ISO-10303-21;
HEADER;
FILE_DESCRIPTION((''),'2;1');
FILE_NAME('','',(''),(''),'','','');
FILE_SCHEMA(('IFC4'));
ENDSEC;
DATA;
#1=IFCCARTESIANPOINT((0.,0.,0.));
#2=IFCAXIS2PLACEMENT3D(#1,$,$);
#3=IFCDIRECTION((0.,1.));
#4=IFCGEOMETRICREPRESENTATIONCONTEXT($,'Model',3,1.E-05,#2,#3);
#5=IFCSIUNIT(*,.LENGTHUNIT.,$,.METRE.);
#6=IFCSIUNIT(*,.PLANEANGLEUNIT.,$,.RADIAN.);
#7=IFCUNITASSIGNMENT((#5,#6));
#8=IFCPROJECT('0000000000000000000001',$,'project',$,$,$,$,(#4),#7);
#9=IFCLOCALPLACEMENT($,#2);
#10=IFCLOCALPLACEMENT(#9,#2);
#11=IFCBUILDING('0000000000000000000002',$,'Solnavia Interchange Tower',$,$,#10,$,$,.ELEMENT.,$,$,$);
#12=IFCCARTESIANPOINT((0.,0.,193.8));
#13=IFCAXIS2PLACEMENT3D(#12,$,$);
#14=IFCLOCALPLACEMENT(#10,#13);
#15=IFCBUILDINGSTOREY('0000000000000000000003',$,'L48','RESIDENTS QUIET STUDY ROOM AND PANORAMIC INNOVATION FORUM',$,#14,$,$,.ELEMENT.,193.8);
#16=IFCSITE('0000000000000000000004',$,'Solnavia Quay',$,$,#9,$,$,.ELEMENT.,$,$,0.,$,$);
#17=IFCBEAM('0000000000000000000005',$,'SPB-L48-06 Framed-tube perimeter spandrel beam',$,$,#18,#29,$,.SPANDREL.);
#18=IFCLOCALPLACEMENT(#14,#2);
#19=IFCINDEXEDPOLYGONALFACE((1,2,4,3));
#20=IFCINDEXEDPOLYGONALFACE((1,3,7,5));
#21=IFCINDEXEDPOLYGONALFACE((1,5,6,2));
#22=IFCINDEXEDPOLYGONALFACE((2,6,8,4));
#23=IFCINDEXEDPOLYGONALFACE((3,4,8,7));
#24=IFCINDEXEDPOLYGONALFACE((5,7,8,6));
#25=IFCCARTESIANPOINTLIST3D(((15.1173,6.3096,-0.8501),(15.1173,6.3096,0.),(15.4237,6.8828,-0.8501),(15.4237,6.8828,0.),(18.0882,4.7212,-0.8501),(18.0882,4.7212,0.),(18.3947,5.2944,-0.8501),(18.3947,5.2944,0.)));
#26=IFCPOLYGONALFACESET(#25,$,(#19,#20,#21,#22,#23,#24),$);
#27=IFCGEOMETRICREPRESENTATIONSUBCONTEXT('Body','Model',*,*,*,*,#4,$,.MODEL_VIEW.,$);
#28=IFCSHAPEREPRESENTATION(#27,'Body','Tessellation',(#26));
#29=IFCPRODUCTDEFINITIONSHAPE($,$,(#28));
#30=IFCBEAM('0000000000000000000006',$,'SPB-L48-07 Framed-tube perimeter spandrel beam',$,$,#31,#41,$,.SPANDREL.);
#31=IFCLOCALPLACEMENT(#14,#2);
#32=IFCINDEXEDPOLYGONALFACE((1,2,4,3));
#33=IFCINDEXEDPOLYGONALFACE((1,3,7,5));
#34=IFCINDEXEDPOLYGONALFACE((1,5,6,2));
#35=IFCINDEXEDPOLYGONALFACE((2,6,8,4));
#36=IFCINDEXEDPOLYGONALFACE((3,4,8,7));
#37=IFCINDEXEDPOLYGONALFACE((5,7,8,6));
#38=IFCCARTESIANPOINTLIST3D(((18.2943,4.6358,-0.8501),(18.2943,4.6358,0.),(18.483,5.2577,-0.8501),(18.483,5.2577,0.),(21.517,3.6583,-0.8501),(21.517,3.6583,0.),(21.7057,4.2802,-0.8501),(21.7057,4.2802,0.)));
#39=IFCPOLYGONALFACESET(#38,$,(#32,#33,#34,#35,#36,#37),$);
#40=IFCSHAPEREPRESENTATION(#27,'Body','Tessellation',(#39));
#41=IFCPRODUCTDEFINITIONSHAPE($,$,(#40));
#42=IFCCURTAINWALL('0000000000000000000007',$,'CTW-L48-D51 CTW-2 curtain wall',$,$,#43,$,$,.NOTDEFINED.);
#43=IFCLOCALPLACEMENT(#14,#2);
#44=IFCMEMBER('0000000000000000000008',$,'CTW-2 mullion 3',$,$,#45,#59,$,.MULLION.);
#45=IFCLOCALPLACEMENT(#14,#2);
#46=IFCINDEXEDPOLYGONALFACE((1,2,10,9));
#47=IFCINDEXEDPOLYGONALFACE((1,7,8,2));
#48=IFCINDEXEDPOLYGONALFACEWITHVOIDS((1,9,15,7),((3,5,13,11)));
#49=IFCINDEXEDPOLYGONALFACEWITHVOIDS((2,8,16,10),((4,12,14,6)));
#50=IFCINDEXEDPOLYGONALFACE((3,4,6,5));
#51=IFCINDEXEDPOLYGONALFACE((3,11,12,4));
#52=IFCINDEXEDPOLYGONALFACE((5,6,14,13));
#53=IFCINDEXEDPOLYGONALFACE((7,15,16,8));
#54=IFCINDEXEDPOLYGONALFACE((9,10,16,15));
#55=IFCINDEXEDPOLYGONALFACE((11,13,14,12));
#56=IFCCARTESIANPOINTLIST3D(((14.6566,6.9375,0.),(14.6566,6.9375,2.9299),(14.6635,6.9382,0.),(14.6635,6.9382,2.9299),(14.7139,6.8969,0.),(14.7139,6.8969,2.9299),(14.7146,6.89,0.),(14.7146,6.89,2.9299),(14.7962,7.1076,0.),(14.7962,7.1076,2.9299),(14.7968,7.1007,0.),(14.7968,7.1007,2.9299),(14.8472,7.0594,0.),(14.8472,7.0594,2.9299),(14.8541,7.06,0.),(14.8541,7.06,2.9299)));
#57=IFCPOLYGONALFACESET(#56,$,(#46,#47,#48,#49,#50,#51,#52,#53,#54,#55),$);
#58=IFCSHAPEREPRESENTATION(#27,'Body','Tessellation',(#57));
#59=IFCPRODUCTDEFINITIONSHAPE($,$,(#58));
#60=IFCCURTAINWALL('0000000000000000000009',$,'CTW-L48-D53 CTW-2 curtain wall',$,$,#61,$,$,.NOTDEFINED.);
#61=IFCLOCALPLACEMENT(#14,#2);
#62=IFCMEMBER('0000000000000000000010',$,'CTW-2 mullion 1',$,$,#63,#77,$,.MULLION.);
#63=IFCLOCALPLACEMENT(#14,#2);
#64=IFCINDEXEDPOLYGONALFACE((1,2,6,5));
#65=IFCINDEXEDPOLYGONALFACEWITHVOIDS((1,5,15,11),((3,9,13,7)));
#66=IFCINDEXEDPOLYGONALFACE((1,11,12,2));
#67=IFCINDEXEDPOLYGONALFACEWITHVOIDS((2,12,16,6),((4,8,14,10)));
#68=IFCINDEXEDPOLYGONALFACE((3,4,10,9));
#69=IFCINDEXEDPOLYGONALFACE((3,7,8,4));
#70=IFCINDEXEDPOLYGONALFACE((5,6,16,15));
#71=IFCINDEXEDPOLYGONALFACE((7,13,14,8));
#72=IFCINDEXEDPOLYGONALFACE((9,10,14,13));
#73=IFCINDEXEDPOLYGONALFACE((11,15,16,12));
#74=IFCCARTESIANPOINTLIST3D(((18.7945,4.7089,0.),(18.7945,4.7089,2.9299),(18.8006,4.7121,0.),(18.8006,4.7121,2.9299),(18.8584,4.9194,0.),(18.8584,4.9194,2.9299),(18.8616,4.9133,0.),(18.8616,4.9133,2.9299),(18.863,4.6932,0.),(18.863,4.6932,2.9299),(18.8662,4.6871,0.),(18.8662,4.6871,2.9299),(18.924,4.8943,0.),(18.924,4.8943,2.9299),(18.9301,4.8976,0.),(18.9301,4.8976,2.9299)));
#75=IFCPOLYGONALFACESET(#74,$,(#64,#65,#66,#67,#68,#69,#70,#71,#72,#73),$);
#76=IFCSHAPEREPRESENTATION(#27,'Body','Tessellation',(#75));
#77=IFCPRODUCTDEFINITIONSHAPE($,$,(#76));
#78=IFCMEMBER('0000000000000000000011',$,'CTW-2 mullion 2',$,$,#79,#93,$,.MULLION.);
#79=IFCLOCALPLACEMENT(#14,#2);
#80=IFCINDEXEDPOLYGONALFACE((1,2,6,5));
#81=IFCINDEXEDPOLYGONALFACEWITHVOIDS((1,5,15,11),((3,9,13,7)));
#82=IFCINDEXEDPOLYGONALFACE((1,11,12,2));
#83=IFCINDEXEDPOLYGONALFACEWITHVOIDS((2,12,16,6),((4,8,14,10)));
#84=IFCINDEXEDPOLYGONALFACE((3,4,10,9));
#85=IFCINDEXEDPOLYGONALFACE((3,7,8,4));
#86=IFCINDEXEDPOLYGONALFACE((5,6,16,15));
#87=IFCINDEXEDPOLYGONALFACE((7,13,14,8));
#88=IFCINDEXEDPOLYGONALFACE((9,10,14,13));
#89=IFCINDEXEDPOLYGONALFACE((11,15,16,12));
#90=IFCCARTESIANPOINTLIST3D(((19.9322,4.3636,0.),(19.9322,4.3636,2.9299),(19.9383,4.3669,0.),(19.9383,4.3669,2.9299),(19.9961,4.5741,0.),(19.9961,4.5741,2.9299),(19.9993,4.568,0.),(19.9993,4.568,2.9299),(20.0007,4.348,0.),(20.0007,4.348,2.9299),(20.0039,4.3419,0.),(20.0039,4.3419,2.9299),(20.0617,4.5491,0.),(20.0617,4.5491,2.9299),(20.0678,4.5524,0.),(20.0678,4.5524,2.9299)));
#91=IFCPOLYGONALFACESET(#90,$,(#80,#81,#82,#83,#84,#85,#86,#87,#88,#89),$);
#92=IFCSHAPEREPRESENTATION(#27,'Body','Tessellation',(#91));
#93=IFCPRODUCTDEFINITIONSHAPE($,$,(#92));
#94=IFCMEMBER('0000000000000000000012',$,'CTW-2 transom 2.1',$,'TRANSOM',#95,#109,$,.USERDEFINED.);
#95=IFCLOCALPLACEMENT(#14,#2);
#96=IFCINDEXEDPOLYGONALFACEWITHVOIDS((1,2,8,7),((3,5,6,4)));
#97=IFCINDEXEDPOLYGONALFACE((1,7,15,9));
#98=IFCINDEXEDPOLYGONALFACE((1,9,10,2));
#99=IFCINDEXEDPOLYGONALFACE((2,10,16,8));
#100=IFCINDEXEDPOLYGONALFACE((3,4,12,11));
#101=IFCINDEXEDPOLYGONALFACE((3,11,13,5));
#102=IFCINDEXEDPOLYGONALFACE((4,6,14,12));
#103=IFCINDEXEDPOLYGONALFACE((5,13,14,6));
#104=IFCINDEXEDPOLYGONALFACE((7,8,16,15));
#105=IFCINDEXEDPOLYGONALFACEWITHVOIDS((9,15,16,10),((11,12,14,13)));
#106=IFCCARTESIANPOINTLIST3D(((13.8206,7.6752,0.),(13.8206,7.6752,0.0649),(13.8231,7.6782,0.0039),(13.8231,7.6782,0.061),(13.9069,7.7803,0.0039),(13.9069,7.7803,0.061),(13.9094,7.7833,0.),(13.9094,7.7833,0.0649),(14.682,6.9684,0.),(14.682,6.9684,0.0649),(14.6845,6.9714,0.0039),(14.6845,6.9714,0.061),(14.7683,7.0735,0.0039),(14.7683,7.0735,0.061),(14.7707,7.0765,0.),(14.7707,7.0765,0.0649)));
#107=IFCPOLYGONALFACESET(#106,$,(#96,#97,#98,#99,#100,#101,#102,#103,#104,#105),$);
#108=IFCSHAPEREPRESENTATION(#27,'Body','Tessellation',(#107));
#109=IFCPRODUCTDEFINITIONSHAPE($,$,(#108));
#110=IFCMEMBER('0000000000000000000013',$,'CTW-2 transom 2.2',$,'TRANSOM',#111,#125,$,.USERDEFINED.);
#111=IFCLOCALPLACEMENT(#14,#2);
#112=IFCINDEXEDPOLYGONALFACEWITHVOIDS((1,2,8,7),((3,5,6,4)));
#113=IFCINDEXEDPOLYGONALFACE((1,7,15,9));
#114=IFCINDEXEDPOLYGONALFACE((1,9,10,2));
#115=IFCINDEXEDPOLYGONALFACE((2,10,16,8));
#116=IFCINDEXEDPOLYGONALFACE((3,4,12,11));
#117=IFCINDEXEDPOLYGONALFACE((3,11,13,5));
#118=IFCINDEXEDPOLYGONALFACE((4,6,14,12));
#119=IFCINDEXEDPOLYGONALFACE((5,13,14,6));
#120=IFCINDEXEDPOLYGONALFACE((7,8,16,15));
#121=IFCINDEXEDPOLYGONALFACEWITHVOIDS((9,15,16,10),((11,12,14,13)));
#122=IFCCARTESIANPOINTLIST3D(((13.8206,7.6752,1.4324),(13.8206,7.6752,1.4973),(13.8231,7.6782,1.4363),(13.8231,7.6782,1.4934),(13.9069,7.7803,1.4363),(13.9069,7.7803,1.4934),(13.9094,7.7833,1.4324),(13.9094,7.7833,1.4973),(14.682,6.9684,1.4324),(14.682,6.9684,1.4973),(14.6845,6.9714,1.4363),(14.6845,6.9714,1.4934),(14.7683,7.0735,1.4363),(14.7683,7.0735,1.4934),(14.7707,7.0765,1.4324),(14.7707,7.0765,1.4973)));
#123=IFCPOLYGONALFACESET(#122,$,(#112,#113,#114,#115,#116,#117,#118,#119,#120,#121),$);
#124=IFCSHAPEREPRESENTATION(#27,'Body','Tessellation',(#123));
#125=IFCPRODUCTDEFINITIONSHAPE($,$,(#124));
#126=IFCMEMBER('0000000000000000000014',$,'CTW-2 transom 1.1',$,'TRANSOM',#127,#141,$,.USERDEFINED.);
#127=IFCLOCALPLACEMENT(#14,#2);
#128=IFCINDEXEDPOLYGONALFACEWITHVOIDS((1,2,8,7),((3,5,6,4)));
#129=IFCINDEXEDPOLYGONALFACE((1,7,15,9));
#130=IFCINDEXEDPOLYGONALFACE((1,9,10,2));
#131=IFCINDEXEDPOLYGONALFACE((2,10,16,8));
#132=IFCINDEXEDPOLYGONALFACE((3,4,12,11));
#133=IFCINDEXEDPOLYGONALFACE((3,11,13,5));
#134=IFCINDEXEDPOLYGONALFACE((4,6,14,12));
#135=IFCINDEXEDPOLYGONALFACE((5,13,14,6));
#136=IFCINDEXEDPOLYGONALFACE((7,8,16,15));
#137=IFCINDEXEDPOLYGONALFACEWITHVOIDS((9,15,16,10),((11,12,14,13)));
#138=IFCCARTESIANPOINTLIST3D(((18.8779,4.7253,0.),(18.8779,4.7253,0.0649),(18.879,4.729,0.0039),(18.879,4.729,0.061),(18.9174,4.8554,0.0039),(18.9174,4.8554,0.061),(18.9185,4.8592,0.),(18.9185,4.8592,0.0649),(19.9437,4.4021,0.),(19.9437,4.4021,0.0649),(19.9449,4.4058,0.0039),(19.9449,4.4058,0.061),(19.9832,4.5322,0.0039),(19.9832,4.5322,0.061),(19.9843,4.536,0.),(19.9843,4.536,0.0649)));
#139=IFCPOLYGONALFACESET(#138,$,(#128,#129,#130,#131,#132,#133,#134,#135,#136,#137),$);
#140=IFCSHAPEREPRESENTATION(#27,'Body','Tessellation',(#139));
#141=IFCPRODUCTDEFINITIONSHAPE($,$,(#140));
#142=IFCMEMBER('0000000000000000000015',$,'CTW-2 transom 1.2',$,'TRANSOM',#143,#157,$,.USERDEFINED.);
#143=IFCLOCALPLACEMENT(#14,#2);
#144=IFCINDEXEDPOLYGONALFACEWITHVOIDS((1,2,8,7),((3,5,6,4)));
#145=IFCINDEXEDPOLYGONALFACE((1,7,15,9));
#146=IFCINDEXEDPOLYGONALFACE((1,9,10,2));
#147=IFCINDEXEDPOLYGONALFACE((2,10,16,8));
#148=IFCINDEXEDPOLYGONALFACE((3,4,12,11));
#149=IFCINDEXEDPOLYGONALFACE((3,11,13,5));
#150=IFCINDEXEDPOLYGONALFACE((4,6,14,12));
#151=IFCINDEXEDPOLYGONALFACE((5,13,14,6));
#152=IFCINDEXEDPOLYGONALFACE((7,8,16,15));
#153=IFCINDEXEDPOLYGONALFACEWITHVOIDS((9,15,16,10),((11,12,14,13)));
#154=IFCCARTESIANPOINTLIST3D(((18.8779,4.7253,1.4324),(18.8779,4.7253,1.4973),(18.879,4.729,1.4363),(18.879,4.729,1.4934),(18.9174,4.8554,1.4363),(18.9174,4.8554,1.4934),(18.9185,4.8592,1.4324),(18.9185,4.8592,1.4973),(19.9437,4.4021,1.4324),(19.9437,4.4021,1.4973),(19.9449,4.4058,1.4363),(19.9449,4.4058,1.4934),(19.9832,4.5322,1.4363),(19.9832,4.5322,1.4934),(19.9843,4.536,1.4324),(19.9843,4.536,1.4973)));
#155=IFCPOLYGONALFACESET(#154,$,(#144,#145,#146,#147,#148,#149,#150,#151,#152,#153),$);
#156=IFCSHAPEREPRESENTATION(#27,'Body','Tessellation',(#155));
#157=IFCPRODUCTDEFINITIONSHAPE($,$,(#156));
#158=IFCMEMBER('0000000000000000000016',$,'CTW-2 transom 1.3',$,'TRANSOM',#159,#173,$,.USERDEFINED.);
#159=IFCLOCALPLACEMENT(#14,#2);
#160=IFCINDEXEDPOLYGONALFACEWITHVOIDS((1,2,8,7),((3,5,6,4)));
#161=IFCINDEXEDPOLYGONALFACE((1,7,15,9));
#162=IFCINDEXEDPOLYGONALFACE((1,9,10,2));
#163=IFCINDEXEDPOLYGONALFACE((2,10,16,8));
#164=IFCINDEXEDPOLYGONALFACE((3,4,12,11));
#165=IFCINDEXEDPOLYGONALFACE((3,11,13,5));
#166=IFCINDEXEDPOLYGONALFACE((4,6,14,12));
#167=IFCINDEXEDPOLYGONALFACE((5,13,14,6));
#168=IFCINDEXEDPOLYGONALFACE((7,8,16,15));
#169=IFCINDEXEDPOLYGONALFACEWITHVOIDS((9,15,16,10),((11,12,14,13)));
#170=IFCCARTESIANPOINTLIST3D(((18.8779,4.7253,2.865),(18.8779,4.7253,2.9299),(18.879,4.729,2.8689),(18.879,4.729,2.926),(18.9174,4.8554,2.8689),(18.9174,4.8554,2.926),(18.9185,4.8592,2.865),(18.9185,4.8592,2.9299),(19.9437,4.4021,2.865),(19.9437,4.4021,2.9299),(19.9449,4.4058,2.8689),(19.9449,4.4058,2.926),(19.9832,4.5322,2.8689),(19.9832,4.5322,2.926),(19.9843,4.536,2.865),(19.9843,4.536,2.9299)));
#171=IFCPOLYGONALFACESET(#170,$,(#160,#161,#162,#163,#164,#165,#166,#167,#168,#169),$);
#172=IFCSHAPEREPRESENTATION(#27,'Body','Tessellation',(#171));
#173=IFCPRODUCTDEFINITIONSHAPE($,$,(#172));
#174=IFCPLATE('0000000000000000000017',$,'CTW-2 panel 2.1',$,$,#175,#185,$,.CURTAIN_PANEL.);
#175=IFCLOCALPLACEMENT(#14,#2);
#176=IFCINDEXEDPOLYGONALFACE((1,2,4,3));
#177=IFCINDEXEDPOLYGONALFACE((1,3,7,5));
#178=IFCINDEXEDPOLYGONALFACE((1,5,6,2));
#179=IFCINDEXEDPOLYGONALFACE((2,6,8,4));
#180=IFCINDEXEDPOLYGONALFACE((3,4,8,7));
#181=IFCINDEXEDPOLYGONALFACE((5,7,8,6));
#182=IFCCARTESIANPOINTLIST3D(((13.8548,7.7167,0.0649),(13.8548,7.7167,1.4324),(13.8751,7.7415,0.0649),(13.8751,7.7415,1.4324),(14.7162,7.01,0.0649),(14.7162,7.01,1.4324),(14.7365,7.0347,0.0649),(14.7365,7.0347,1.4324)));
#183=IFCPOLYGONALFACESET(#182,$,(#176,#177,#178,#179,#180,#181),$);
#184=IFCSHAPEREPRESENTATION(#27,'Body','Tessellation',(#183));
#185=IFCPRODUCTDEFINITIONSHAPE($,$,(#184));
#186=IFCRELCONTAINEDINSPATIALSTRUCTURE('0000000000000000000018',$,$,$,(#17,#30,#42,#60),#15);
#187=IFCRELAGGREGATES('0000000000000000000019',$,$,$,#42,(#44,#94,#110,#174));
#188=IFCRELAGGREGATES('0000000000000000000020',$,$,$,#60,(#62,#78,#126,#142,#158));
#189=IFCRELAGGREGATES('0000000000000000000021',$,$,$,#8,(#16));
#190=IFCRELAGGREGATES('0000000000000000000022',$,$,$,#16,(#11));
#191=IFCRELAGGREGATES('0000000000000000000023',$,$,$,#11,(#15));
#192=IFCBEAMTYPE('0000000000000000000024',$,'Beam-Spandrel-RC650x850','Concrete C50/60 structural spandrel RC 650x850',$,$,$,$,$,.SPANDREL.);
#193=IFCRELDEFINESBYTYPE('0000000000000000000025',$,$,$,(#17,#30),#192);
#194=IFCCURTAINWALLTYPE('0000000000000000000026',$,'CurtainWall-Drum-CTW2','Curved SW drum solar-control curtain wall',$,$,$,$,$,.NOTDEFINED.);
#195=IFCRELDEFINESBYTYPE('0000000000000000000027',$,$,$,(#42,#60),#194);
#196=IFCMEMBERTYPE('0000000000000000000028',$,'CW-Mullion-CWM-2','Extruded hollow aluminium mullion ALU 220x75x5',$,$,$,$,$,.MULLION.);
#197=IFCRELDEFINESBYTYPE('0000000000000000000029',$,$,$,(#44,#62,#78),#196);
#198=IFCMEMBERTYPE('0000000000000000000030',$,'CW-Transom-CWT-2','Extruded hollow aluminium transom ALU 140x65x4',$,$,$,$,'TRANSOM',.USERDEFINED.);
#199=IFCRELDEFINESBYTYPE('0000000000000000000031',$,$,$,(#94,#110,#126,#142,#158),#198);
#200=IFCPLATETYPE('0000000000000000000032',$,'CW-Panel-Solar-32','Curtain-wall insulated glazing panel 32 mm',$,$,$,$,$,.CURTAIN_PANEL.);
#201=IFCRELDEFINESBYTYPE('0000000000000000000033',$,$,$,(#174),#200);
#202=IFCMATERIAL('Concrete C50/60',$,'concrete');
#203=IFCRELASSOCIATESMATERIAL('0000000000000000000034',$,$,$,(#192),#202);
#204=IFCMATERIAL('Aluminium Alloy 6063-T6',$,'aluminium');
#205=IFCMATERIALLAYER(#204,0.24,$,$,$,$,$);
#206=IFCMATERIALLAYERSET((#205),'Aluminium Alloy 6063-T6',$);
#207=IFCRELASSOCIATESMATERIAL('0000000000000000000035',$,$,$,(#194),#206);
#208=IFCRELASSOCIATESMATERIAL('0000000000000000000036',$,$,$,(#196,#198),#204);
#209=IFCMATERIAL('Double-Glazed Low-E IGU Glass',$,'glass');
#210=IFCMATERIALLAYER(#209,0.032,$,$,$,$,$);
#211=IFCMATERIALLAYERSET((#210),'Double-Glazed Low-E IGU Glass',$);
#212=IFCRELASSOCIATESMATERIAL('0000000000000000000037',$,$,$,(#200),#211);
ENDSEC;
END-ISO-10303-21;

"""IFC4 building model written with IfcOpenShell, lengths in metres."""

from ifc_helpers import new_model, si_unit, direction, frame, origin, origin_2d, place, context, subcontext, project, spatial, rectangle, hollow_rectangle, extrude, material, layer, layer_set, material_profile, profile_set, type_object, element, aggregate, save


model = new_model("IFC4")

# Units and contexts
model_context = context("Model", 3, precision=1e-05, world=origin(), true_north=direction((0.0, 1.0)))
body_context = subcontext(model_context, "Body", "Model", "MODEL_VIEW")
ifc_project = project(units=[si_unit("LENGTHUNIT", "METRE"), si_unit("PLANEANGLEUNIT", "RADIAN")], contexts=[model_context])

# Site, building, storey
site_placement = place(None, origin())
site = spatial("IfcSite", under=ifc_project, at=site_placement, Name="Solnavia Quay", CompositionType="ELEMENT", RefElevation=0.0)
building_placement = place(site_placement, origin())
building = spatial("IfcBuilding", under=site, at=building_placement, Name="Solnavia Interchange Tower", CompositionType="ELEMENT")
storey_placement = place(building_placement, frame((0.0, 0.0, 193.8)))
storey = spatial("IfcBuildingStorey", under=building, at=storey_placement, Name="L48", Description="RESIDENTS QUIET STUDY ROOM AND PANORAMIC INNOVATION FORUM", CompositionType="ELEMENT", Elevation=193.8)

# Shared definitions
ifc_material_1 = material(Name="Concrete C50/60", Category="concrete")

# Beams
ifc_material_profile_1 = material_profile(ifc_material_1, rectangle(XDim=0.6499, YDim=0.8501, at=origin_2d()), Name="RC 650x850")
ifc_profile_set_1 = profile_set([ifc_material_profile_1], Name="Concrete C50/60")
beam_type_1 = type_object("IfcBeamType", Name="Beam-Spandrel-RC650x850", Description="Concrete C50/60 structural spandrel RC 650x850", PredefinedType="SPANDREL", material=ifc_profile_set_1)
beam_1_placement = place(storey_placement, frame((15.2705, 6.5962, -0.425), z_axis=(0.881875, -0.471483, 0.0), x_axis=(0.471483, 0.881875, 0.0)))
element("IfcBeam", 1, at=beam_1_placement, inside=storey, type_object=beam_type_1, Name="SPB-L48-06 Framed-tube perimeter spandrel beam", PredefinedType="SPANDREL", context=body_context, shape_type="SweptSolid", body=[
    extrude(rectangle(XDim=0.6499, YDim=0.8501, at=origin_2d()), origin(), (0.0, 0.0, 1.0), 3.3689),
])
beam_2_placement = place(storey_placement, frame((18.3887, 4.9468, -0.425), z_axis=(0.956944, -0.290273, 0.0), x_axis=(0.290273, 0.956944, 0.0)))
element("IfcBeam", 2, at=beam_2_placement, inside=storey, type_object=beam_type_1, Name="SPB-L48-07 Framed-tube perimeter spandrel beam", PredefinedType="SPANDREL", context=body_context, shape_type="SweptSolid", body=[
    extrude(rectangle(XDim=0.6499, YDim=0.8501, at=origin_2d()), origin(), (0.0, 0.0, 1.0), 3.3677),
])

# Curtain wall, member
ifc_material_2 = material(Name="Aluminium Alloy 6063-T6", Category="aluminium")
ifc_layer_1 = layer(ifc_material_2, 0.24)
ifc_layer_set_1 = layer_set([ifc_layer_1], Name="Aluminium Alloy 6063-T6")
curtain_wall_type = type_object("IfcCurtainWallType", Name="CurtainWall-Drum-CTW2", Description="Curved SW drum solar-control curtain wall", PredefinedType="NOTDEFINED", material=ifc_layer_set_1)
curtain_wall_1_placement = place(storey_placement, origin())
curtain_wall_1 = element("IfcCurtainWall", 3, at=curtain_wall_1_placement, inside=storey, type_object=curtain_wall_type, Name="CTW-L48-D51 CTW-2 curtain wall", PredefinedType="NOTDEFINED")
ifc_material_profile_2 = material_profile(ifc_material_2, hollow_rectangle(XDim=0.075, YDim=0.22, WallThickness=0.0049, at=origin_2d()), Name="ALU 220x75x5")
ifc_profile_set_2 = profile_set([ifc_material_profile_2], Name="Aluminium Alloy 6063-T6")
member_type_1 = type_object("IfcMemberType", Name="CW-Mullion-CWM-2", Description="Extruded hollow aluminium mullion ALU 220x75x5", PredefinedType="MULLION", material=ifc_profile_set_2)
member_1_placement = place(storey_placement, frame((14.7554, 6.9988, 0.0), z_axis=(0.0, 0.0, 1.0), x_axis=(0.773103, -0.63428, 0.0)))
member_1 = element("IfcMember", 4, at=member_1_placement, type_object=member_type_1, Name="CTW-2 mullion 3", PredefinedType="MULLION", context=body_context, shape_type="SweptSolid", body=[
    extrude(hollow_rectangle(XDim=0.075, YDim=0.22, WallThickness=0.0049, at=origin_2d()), origin(), (0.0, 0.0, 1.0), 2.9299),
])

# Curtain wall, members
curtain_wall_2_placement = place(storey_placement, origin())
curtain_wall_2 = element("IfcCurtainWall", 5, at=curtain_wall_2_placement, inside=storey, type_object=curtain_wall_type, Name="CTW-L48-D53 CTW-2 curtain wall", PredefinedType="NOTDEFINED")
member_2_placement = place(storey_placement, frame((18.8623, 4.8032, 0.0), z_axis=(0.0, 0.0, 1.0), x_axis=(0.956942, -0.290279, 0.0)))
member_2 = element("IfcMember", 6, at=member_2_placement, type_object=member_type_1, Name="CTW-2 mullion 1", PredefinedType="MULLION", context=body_context, shape_type="SweptSolid", body=[
    extrude(hollow_rectangle(XDim=0.075, YDim=0.22, WallThickness=0.0049, at=origin_2d()), origin(), (0.0, 0.0, 1.0), 2.9299),
])
member_3_placement = place(storey_placement, frame((20.0, 4.458, 0.0), z_axis=(0.0, 0.0, 1.0), x_axis=(0.956942, -0.290279, 0.0)))
member_3 = element("IfcMember", 7, at=member_3_placement, type_object=member_type_1, Name="CTW-2 mullion 2", PredefinedType="MULLION", context=body_context, shape_type="SweptSolid", body=[
    extrude(hollow_rectangle(XDim=0.075, YDim=0.22, WallThickness=0.0049, at=origin_2d()), origin(), (0.0, 0.0, 1.0), 2.9299),
])

# Members
ifc_material_profile_3 = material_profile(ifc_material_2, hollow_rectangle(XDim=0.0649, YDim=0.1399, WallThickness=0.0039, at=origin_2d()), Name="ALU 140x65x4")
ifc_profile_set_3 = profile_set([ifc_material_profile_3], Name="Aluminium Alloy 6063-T6")
member_type_2 = type_object("IfcMemberType", Name="CW-Transom-CWT-2", Description="Extruded hollow aluminium transom ALU 140x65x4", ElementType="TRANSOM", PredefinedType="USERDEFINED", material=ifc_profile_set_3)
member_4_placement = place(storey_placement, frame((13.865, 7.7292, 0.0325), z_axis=(0.773049, -0.634347, 0.0), x_axis=(0.0, 0.0, 1.0)))
member_4 = element("IfcMember", 8, at=member_4_placement, type_object=member_type_2, Name="CTW-2 transom 2.1", ObjectType="TRANSOM", PredefinedType="USERDEFINED", context=body_context, shape_type="SweptSolid", body=[
    extrude(hollow_rectangle(XDim=0.0649, YDim=0.1399, WallThickness=0.0039, at=origin_2d()), origin(), (0.0, 0.0, 1.0), 1.1143),
])
member_5_placement = place(storey_placement, frame((13.865, 7.7292, 1.4648), z_axis=(0.773049, -0.634347, 0.0), x_axis=(0.0, 0.0, 1.0)))
member_5 = element("IfcMember", 9, at=member_5_placement, type_object=member_type_2, Name="CTW-2 transom 2.2", ObjectType="TRANSOM", PredefinedType="USERDEFINED", context=body_context, shape_type="SweptSolid", body=[
    extrude(hollow_rectangle(XDim=0.0649, YDim=0.1399, WallThickness=0.0039, at=origin_2d()), origin(), (0.0, 0.0, 1.0), 1.1143),
])
member_6_placement = place(storey_placement, frame((18.8982, 4.7922, 0.0325), z_axis=(0.956965, -0.290202, 0.0), x_axis=(0.0, 0.0, 1.0)))
member_6 = element("IfcMember", 10, at=member_6_placement, type_object=member_type_2, Name="CTW-2 transom 1.1", ObjectType="TRANSOM", PredefinedType="USERDEFINED", context=body_context, shape_type="SweptSolid", body=[
    extrude(hollow_rectangle(XDim=0.0649, YDim=0.1399, WallThickness=0.0039, at=origin_2d()), origin(), (0.0, 0.0, 1.0), 1.1138),
])
member_7_placement = place(storey_placement, frame((18.8982, 4.7922, 1.4648), z_axis=(0.956965, -0.290202, 0.0), x_axis=(0.0, 0.0, 1.0)))
member_7 = element("IfcMember", 11, at=member_7_placement, type_object=member_type_2, Name="CTW-2 transom 1.2", ObjectType="TRANSOM", PredefinedType="USERDEFINED", context=body_context, shape_type="SweptSolid", body=[
    extrude(hollow_rectangle(XDim=0.0649, YDim=0.1399, WallThickness=0.0039, at=origin_2d()), origin(), (0.0, 0.0, 1.0), 1.1138),
])
member_8_placement = place(storey_placement, frame((18.8982, 4.7922, 2.8975), z_axis=(0.956965, -0.290202, 0.0), x_axis=(0.0, 0.0, 1.0)))
member_8 = element("IfcMember", 12, at=member_8_placement, type_object=member_type_2, Name="CTW-2 transom 1.3", ObjectType="TRANSOM", PredefinedType="USERDEFINED", context=body_context, shape_type="SweptSolid", body=[
    extrude(hollow_rectangle(XDim=0.0649, YDim=0.1399, WallThickness=0.0039, at=origin_2d()), origin(), (0.0, 0.0, 1.0), 1.1138),
])

# Plate
ifc_material_3 = material(Name="Double-Glazed Low-E IGU Glass", Category="glass")
ifc_layer_2 = layer(ifc_material_3, 0.032)
ifc_layer_set_2 = layer_set([ifc_layer_2], Name="Double-Glazed Low-E IGU Glass")
plate_type = type_object("IfcPlateType", Name="CW-Panel-Solar-32", Description="Curtain-wall insulated glazing panel 32 mm", PredefinedType="CURTAIN_PANEL", material=ifc_layer_set_2)
plate_1_placement = place(storey_placement, frame((14.2957, 7.3757, 0.0649), z_axis=(0.0, 0.0, 1.0), x_axis=(0.773103, -0.63428, 0.0)))
plate_1 = element("IfcPlate", 13, at=plate_1_placement, type_object=plate_type, Name="CTW-2 panel 2.1", PredefinedType="CURTAIN_PANEL", context=body_context, shape_type="SweptSolid", body=[
    extrude(rectangle(XDim=1.1143, YDim=0.032, at=origin_2d()), origin(), (0.0, 0.0, 1.0), 1.3674),
])
aggregate(curtain_wall_1, [member_1, member_4, member_5, plate_1])
aggregate(curtain_wall_2, [member_2, member_3, member_6, member_7, member_8])

save(model, "model.ifc")
